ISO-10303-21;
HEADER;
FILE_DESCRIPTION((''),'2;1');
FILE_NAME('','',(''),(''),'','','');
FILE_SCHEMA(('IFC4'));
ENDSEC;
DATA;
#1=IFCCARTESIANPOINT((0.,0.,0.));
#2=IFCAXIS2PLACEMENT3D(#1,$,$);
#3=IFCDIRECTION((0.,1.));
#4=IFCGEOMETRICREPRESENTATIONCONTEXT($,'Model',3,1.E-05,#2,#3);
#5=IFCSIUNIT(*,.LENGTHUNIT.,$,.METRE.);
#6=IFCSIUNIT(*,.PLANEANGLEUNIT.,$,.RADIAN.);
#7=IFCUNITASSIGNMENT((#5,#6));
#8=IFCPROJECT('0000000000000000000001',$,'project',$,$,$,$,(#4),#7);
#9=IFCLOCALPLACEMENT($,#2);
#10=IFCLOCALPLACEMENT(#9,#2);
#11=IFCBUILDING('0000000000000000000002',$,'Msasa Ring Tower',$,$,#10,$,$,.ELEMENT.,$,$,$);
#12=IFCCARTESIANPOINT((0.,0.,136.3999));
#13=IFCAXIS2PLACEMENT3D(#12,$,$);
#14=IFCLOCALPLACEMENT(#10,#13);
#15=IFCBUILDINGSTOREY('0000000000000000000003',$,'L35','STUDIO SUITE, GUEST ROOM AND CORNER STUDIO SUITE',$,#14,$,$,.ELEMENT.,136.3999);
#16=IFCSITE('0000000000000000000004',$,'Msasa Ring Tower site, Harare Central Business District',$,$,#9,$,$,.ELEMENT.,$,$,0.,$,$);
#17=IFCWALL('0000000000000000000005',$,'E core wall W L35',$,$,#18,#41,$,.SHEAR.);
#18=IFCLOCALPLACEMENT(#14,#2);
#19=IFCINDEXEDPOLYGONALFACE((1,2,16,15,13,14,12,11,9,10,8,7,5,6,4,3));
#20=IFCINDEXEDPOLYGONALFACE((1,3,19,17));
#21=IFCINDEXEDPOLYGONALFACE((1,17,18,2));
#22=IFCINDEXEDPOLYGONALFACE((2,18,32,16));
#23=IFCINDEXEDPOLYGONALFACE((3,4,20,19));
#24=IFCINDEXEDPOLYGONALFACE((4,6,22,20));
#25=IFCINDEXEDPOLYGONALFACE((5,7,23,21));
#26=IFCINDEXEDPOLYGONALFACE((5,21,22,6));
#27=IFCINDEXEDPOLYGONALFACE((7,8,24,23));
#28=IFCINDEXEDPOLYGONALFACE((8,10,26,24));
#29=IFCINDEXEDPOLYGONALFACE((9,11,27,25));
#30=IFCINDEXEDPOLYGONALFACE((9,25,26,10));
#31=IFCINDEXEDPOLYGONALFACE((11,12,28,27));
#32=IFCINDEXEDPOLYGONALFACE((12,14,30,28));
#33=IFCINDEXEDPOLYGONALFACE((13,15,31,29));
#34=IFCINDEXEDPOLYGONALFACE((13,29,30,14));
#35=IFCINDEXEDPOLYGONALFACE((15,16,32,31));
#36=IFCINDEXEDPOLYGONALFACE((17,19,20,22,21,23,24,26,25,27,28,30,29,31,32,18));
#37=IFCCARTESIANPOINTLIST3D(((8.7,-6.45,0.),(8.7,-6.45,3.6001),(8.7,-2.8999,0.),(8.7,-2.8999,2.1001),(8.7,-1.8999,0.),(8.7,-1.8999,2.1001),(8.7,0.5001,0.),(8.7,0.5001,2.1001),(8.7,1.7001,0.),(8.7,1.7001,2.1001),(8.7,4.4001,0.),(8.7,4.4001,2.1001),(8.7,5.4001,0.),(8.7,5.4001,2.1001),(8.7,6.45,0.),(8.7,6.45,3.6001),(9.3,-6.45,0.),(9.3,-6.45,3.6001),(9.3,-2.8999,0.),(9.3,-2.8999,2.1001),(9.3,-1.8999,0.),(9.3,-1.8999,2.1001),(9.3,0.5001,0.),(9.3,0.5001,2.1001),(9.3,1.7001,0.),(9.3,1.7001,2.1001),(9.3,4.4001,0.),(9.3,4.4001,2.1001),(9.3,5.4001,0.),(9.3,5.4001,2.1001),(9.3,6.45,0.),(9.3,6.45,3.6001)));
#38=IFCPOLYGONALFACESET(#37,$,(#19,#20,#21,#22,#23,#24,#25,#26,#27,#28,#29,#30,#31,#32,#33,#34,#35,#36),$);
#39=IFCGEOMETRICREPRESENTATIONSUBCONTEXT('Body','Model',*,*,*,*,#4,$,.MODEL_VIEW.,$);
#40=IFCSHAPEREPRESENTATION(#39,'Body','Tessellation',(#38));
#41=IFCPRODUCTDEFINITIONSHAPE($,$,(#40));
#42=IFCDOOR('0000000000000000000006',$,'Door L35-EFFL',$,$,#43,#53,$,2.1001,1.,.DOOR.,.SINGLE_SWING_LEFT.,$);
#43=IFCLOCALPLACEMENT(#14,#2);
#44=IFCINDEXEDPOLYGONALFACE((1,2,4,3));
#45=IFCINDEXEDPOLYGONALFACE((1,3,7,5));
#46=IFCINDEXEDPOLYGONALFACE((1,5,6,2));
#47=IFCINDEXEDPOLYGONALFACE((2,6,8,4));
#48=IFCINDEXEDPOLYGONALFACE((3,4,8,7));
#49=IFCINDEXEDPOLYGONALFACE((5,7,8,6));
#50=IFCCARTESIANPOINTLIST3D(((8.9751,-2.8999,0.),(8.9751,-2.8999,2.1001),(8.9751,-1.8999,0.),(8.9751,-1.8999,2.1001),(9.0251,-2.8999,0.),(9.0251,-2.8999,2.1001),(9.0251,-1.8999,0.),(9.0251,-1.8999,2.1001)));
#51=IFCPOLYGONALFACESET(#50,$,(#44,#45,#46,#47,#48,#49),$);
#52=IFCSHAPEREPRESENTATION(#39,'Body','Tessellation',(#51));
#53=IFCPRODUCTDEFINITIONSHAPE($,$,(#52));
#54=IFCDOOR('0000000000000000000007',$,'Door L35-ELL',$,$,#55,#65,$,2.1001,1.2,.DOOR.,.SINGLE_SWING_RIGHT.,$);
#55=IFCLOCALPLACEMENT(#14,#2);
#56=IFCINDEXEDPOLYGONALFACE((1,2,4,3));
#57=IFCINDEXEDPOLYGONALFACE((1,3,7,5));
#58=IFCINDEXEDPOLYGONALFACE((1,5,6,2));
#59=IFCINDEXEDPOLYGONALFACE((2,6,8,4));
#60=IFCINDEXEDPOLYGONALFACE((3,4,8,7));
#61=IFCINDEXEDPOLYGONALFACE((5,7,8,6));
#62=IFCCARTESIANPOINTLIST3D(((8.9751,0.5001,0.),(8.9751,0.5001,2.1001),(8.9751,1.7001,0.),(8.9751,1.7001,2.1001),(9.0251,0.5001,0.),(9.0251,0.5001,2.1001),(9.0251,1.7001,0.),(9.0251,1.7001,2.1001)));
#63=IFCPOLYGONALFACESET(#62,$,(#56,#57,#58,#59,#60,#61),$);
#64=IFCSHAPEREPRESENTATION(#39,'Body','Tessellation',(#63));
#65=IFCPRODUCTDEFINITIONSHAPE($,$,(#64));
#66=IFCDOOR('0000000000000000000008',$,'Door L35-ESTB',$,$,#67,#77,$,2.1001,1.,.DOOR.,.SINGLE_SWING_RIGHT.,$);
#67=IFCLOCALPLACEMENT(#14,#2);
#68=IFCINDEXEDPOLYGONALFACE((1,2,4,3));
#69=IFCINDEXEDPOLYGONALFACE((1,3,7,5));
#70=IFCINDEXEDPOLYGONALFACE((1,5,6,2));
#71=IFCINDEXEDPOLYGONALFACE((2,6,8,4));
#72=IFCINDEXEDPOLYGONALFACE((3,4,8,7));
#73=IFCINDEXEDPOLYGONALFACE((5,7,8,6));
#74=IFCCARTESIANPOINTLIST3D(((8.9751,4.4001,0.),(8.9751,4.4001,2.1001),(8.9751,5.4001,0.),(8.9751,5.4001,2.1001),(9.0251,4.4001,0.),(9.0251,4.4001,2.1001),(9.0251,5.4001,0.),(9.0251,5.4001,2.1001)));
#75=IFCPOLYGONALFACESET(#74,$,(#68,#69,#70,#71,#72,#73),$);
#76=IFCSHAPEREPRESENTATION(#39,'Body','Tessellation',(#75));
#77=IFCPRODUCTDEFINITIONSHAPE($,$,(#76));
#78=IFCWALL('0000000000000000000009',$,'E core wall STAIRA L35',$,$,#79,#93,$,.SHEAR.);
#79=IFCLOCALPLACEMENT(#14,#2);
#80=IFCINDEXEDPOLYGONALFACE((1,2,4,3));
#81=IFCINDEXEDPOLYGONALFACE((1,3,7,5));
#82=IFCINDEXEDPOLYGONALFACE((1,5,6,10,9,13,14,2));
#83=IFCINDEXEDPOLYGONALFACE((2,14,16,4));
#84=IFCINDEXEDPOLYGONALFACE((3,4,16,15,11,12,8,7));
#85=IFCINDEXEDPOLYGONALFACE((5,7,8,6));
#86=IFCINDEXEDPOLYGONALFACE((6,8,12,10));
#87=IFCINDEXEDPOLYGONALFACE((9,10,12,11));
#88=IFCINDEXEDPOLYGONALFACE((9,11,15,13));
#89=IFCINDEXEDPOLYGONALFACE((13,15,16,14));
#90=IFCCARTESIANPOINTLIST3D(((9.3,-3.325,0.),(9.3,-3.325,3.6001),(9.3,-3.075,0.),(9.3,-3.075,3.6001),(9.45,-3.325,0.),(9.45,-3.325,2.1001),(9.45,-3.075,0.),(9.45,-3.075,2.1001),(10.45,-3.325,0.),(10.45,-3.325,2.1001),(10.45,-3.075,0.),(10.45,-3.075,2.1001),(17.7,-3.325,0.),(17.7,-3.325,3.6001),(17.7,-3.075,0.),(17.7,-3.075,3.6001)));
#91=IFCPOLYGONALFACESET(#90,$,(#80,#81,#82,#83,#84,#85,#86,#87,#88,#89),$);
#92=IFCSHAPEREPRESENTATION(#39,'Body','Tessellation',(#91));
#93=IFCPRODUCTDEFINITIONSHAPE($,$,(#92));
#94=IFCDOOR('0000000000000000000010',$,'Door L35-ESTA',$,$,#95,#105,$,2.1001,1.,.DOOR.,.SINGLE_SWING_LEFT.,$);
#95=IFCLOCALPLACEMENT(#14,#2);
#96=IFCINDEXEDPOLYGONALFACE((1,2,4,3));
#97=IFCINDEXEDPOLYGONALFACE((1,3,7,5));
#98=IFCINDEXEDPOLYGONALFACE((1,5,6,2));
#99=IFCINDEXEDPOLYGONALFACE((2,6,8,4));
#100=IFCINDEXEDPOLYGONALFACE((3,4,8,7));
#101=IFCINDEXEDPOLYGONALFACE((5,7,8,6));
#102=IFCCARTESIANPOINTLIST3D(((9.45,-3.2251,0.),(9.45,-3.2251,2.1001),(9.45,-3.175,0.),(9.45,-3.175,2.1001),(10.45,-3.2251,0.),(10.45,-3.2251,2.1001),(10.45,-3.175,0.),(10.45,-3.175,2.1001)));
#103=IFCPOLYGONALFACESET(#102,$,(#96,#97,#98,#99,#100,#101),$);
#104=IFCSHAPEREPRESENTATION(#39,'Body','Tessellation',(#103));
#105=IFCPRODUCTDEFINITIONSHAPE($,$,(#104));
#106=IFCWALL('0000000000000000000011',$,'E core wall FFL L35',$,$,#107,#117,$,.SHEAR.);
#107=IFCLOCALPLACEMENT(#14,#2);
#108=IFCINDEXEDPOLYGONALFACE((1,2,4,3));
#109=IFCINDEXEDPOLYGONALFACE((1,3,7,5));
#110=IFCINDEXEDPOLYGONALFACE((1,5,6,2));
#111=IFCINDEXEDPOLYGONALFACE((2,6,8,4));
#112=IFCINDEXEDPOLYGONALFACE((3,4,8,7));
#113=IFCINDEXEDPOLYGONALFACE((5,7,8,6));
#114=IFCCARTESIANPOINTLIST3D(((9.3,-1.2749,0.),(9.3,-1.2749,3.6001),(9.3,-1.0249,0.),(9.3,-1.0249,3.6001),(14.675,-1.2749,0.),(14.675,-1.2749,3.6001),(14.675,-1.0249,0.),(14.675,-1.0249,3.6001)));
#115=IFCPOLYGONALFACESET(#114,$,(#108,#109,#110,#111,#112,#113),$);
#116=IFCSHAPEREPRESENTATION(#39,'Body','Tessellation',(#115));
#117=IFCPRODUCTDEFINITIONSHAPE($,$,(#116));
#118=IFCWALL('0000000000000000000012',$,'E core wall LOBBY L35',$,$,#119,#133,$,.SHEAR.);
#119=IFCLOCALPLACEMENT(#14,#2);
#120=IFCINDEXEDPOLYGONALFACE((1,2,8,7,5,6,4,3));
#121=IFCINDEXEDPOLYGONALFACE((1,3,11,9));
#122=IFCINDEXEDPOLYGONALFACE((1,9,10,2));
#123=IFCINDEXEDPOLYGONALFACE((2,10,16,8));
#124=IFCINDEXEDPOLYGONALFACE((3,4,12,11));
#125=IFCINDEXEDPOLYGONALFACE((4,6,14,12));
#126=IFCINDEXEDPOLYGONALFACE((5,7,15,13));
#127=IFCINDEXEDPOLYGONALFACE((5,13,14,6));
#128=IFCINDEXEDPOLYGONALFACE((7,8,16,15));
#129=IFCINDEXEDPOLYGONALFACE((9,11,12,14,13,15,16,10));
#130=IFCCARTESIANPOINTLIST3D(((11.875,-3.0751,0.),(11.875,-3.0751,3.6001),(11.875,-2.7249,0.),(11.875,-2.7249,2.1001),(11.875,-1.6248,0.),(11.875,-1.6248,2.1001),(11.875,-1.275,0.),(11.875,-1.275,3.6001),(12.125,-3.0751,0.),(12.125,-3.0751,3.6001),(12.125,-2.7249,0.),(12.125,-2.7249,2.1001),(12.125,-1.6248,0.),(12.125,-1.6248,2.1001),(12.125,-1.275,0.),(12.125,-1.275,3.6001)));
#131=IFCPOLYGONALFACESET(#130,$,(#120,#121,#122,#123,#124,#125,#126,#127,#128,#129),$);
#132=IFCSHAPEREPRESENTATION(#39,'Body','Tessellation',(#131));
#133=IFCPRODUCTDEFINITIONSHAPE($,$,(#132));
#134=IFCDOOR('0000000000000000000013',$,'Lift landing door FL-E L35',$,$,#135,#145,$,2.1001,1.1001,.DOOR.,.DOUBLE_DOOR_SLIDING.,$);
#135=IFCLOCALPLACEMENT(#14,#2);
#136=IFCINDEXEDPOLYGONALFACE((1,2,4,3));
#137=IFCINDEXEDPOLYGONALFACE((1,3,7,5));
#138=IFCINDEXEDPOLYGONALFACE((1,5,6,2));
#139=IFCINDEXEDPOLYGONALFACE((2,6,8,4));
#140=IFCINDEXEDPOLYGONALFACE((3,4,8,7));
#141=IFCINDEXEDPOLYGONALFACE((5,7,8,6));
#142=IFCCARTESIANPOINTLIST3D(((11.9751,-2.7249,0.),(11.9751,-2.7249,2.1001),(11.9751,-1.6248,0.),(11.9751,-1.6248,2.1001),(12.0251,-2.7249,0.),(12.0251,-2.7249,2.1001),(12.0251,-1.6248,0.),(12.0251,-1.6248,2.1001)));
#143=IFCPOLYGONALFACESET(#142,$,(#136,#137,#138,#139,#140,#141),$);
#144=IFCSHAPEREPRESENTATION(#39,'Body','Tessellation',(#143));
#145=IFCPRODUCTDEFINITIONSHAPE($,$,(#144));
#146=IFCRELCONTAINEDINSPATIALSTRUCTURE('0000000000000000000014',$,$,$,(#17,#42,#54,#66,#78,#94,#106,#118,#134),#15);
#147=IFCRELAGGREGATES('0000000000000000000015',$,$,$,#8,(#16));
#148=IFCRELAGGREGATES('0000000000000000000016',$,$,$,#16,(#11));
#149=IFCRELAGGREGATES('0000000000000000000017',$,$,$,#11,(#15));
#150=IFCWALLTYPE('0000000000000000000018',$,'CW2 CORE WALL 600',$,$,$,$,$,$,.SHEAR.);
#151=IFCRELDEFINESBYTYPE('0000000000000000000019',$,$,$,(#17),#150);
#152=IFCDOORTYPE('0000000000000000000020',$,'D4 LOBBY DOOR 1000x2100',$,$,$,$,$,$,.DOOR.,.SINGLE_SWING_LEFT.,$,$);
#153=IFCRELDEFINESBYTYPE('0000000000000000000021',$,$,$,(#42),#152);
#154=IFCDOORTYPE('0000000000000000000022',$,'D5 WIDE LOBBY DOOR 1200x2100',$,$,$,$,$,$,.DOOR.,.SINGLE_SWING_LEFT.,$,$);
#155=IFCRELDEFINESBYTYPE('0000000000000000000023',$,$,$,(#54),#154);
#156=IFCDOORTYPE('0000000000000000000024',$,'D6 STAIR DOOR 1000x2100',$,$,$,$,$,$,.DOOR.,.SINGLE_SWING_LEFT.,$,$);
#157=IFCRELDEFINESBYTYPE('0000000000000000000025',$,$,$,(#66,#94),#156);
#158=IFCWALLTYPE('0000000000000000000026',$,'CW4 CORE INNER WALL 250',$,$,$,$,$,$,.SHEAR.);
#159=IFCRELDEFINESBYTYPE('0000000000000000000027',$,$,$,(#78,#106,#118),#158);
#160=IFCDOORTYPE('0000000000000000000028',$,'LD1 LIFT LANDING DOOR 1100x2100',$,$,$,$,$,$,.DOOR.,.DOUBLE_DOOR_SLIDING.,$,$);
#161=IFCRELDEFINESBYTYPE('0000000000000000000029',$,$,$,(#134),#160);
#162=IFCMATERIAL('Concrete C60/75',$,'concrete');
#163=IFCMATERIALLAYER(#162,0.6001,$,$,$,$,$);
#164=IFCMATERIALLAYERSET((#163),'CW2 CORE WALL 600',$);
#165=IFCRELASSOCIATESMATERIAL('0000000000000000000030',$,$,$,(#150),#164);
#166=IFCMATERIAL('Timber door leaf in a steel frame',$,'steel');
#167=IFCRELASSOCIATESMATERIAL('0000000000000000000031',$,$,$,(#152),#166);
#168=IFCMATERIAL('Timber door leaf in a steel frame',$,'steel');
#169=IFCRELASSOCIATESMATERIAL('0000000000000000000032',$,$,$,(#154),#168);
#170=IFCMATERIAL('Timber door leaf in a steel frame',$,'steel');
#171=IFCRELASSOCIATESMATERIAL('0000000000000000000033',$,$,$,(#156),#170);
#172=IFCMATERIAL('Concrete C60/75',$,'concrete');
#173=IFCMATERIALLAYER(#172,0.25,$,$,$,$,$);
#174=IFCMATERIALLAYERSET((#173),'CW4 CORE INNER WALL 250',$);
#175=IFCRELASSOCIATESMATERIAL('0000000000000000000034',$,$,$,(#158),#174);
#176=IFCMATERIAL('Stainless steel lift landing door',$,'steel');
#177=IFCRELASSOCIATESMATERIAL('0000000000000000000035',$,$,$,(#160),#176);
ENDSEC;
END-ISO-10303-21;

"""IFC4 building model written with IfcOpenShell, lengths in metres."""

from ifc_helpers import new_model, si_unit, direction, frame, frame_2d, origin, place, context, subcontext, project, spatial, rectangle, extrude, material, layer, layer_set, type_object, element, fill, save


model = new_model("IFC4")

# Units and contexts
model_context = context("Model", 3, precision=1e-05, world=origin(), true_north=direction((0.0, 1.0)))
body_context = subcontext(model_context, "Body", "Model", "MODEL_VIEW")
ifc_project = project(units=[si_unit("LENGTHUNIT", "METRE"), si_unit("PLANEANGLEUNIT", "RADIAN")], contexts=[model_context])

# Site, building, storey
site_placement = place(None, origin())
site = spatial("IfcSite", under=ifc_project, at=site_placement, Name="Msasa Ring Tower site, Harare Central Business District", CompositionType="ELEMENT", RefElevation=0.0)
building_placement = place(site_placement, origin())
building = spatial("IfcBuilding", under=site, at=building_placement, Name="Msasa Ring Tower", CompositionType="ELEMENT")
storey_placement = place(building_placement, frame((0.0, 0.0, 136.3999)))
storey = spatial("IfcBuildingStorey", under=building, at=storey_placement, Name="L35", Description="STUDIO SUITE, GUEST ROOM AND CORNER STUDIO SUITE", CompositionType="ELEMENT", Elevation=136.3999)

# Shared definitions
ifc_material_1 = material(Name="Concrete C60/75", Category="concrete")
ifc_layer_1 = layer(ifc_material_1, 0.6001)
ifc_layer_set_1 = layer_set([ifc_layer_1], Name="CW2 CORE WALL 600")
wall_type_1 = type_object("IfcWallType", Name="CW2 CORE WALL 600", PredefinedType="SHEAR", material=ifc_layer_set_1)

# Wall, openings, doors
wall_1_placement = place(storey_placement, frame((9.0, -6.45, 0.0), z_axis=(0.0, 0.0, 1.0), x_axis=(0.0, 1.0, 0.0)))
wall_1 = element("IfcWall", 1, at=wall_1_placement, inside=storey, type_object=wall_type_1, Name="E core wall W L35", PredefinedType="SHEAR", context=body_context, shape_type="SweptSolid", body=[
    extrude(rectangle(XDim=12.8999, YDim=0.6001, at=frame_2d((6.45, 0.0))), origin(), (0.0, 0.0, 1.0), 3.6001),
])
opening_1_placement = place(wall_1_placement, frame((3.55, 0.0, 0.0)))
opening_1 = element("IfcOpeningElement", 2, at=opening_1_placement, cuts=wall_1, PredefinedType="OPENING", context=body_context, shape_type="SweptSolid", body=[
    extrude(rectangle(XDim=1.0, YDim=2.1001, at=frame_2d((0.5, 1.05))), frame((0.0, 0.3101, 0.0), z_axis=(0.0, -1.0, 0.0), x_axis=(1.0, 0.0, 0.0)), (0.0, 0.0, 1.0), 0.6201),
])
opening_2_placement = place(wall_1_placement, frame((6.95, 0.0, 0.0)))
opening_2 = element("IfcOpeningElement", 3, at=opening_2_placement, cuts=wall_1, PredefinedType="OPENING", context=body_context, shape_type="SweptSolid", body=[
    extrude(rectangle(XDim=1.2, YDim=2.1001, at=frame_2d((0.6001, 1.05))), frame((0.0, 0.3101, 0.0), z_axis=(0.0, -1.0, 0.0), x_axis=(1.0, 0.0, 0.0)), (0.0, 0.0, 1.0), 0.6201),
])
opening_3_placement = place(wall_1_placement, frame((10.8501, 0.0, 0.0)))
opening_3 = element("IfcOpeningElement", 4, at=opening_3_placement, cuts=wall_1, PredefinedType="OPENING", context=body_context, shape_type="SweptSolid", body=[
    extrude(rectangle(XDim=1.0, YDim=2.1001, at=frame_2d((0.5, 1.05))), frame((0.0, 0.3101, 0.0), z_axis=(0.0, -1.0, 0.0), x_axis=(1.0, 0.0, 0.0)), (0.0, 0.0, 1.0), 0.6201),
])
ifc_material_2 = material(Name="Timber door leaf in a steel frame", Category="steel")
door_type_1 = type_object("IfcDoorType", Name="D4 LOBBY DOOR 1000x2100", OperationType="SINGLE_SWING_LEFT", PredefinedType="DOOR", material=ifc_material_2)
door_1_placement = place(opening_1_placement, origin())
door_1 = element("IfcDoor", 5, at=door_1_placement, inside=storey, type_object=door_type_1, Name="Door L35-EFFL", OperationType="SINGLE_SWING_LEFT", OverallHeight=2.1001, OverallWidth=1.0, PredefinedType="DOOR", context=body_context, shape_type="SweptSolid", body=[
    extrude(rectangle(XDim=1.0, YDim=2.1001, at=frame_2d((0.5, 1.05))), frame((0.0, 0.0249, 0.0), z_axis=(0.0, -1.0, 0.0), x_axis=(1.0, 0.0, 0.0)), (0.0, 0.0, 1.0), 0.05),
])
fill(opening_1, door_1)
ifc_material_3 = material(Name="Timber door leaf in a steel frame", Category="steel")
door_type_2 = type_object("IfcDoorType", Name="D5 WIDE LOBBY DOOR 1200x2100", OperationType="SINGLE_SWING_LEFT", PredefinedType="DOOR", material=ifc_material_3)
door_2_placement = place(opening_2_placement, origin())
door_2 = element("IfcDoor", 6, at=door_2_placement, inside=storey, type_object=door_type_2, Name="Door L35-ELL", OperationType="SINGLE_SWING_RIGHT", OverallHeight=2.1001, OverallWidth=1.2, PredefinedType="DOOR", context=body_context, shape_type="SweptSolid", body=[
    extrude(rectangle(XDim=1.2, YDim=2.1001, at=frame_2d((0.6001, 1.05))), frame((0.0, 0.0249, 0.0), z_axis=(0.0, -1.0, 0.0), x_axis=(1.0, 0.0, 0.0)), (0.0, 0.0, 1.0), 0.05),
])
fill(opening_2, door_2)
ifc_material_4 = material(Name="Timber door leaf in a steel frame", Category="steel")
door_type_3 = type_object("IfcDoorType", Name="D6 STAIR DOOR 1000x2100", OperationType="SINGLE_SWING_LEFT", PredefinedType="DOOR", material=ifc_material_4)
door_3_placement = place(opening_3_placement, origin())
door_3 = element("IfcDoor", 7, at=door_3_placement, inside=storey, type_object=door_type_3, Name="Door L35-ESTB", OperationType="SINGLE_SWING_RIGHT", OverallHeight=2.1001, OverallWidth=1.0, PredefinedType="DOOR", context=body_context, shape_type="SweptSolid", body=[
    extrude(rectangle(XDim=1.0, YDim=2.1001, at=frame_2d((0.5, 1.05))), frame((0.0, 0.0249, 0.0), z_axis=(0.0, -1.0, 0.0), x_axis=(1.0, 0.0, 0.0)), (0.0, 0.0, 1.0), 0.05),
])
fill(opening_3, door_3)

# Wall, opening, door
ifc_material_5 = material(Name="Concrete C60/75", Category="concrete")
ifc_layer_2 = layer(ifc_material_5, 0.25)
ifc_layer_set_2 = layer_set([ifc_layer_2], Name="CW4 CORE INNER WALL 250")
wall_type_2 = type_object("IfcWallType", Name="CW4 CORE INNER WALL 250", PredefinedType="SHEAR", material=ifc_layer_set_2)
wall_2_placement = place(storey_placement, frame((9.3, -3.2, 0.0), z_axis=(0.0, 0.0, 1.0), x_axis=(1.0, 0.0, 0.0)))
wall_2 = element("IfcWall", 8, at=wall_2_placement, inside=storey, type_object=wall_type_2, Name="E core wall STAIRA L35", PredefinedType="SHEAR", context=body_context, shape_type="SweptSolid", body=[
    extrude(rectangle(XDim=8.3999, YDim=0.25, at=frame_2d((4.2, 0.0))), origin(), (0.0, 0.0, 1.0), 3.6001),
])
opening_4_placement = place(wall_2_placement, frame((0.1499, 0.0, 0.0)))
opening_4 = element("IfcOpeningElement", 9, at=opening_4_placement, cuts=wall_2, PredefinedType="OPENING", context=body_context, shape_type="SweptSolid", body=[
    extrude(rectangle(XDim=1.0, YDim=2.1001, at=frame_2d((0.5, 1.05))), frame((0.0, 0.135, 0.0), z_axis=(0.0, -1.0, 0.0), x_axis=(1.0, 0.0, 0.0)), (0.0, 0.0, 1.0), 0.27),
])
door_4_placement = place(opening_4_placement, origin())
door_4 = element("IfcDoor", 10, at=door_4_placement, inside=storey, type_object=door_type_3, Name="Door L35-ESTA", OperationType="SINGLE_SWING_LEFT", OverallHeight=2.1001, OverallWidth=1.0, PredefinedType="DOOR", context=body_context, shape_type="SweptSolid", body=[
    extrude(rectangle(XDim=1.0, YDim=2.1001, at=frame_2d((0.5, 1.05))), frame((0.0, 0.0249, 0.0), z_axis=(0.0, -1.0, 0.0), x_axis=(1.0, 0.0, 0.0)), (0.0, 0.0, 1.0), 0.05),
])
fill(opening_4, door_4)

# Wall
wall_3_placement = place(storey_placement, frame((9.3, -1.1499, 0.0), z_axis=(0.0, 0.0, 1.0), x_axis=(1.0, 0.0, 0.0)))
element("IfcWall", 11, at=wall_3_placement, inside=storey, type_object=wall_type_2, Name="E core wall FFL L35", PredefinedType="SHEAR", context=body_context, shape_type="SweptSolid", body=[
    extrude(rectangle(XDim=5.375, YDim=0.25, at=frame_2d((2.6875, 0.0))), origin(), (0.0, 0.0, 1.0), 3.6001),
])

# Wall, opening, door
wall_4_placement = place(storey_placement, frame((12.0, -3.075, 0.0), z_axis=(0.0, 0.0, 1.0), x_axis=(0.0, 1.0, 0.0)))
wall_4 = element("IfcWall", 12, at=wall_4_placement, inside=storey, type_object=wall_type_2, Name="E core wall LOBBY L35", PredefinedType="SHEAR", context=body_context, shape_type="SweptSolid", body=[
    extrude(rectangle(XDim=1.8, YDim=0.25, at=frame_2d((0.8999, 0.0))), origin(), (0.0, 0.0, 1.0), 3.6001),
])
opening_5_placement = place(wall_4_placement, frame((0.3501, 0.0, 0.0)))
opening_5 = element("IfcOpeningElement", 13, at=opening_5_placement, cuts=wall_4, PredefinedType="OPENING", context=body_context, shape_type="SweptSolid", body=[
    extrude(rectangle(XDim=1.1001, YDim=2.1001, at=frame_2d((0.55, 1.05))), frame((0.0, 0.135, 0.0), z_axis=(0.0, -1.0, 0.0), x_axis=(1.0, 0.0, 0.0)), (0.0, 0.0, 1.0), 0.27),
])
ifc_material_6 = material(Name="Stainless steel lift landing door", Category="steel")
door_type_4 = type_object("IfcDoorType", Name="LD1 LIFT LANDING DOOR 1100x2100", OperationType="DOUBLE_DOOR_SLIDING", PredefinedType="DOOR", material=ifc_material_6)
door_5_placement = place(opening_5_placement, origin())
door_5 = element("IfcDoor", 14, at=door_5_placement, inside=storey, type_object=door_type_4, Name="Lift landing door FL-E L35", OperationType="DOUBLE_DOOR_SLIDING", OverallHeight=2.1001, OverallWidth=1.1001, PredefinedType="DOOR", context=body_context, shape_type="SweptSolid", body=[
    extrude(rectangle(XDim=1.1001, YDim=2.1001, at=frame_2d((0.55, 1.05))), frame((0.0, 0.0249, 0.0), z_axis=(0.0, -1.0, 0.0), x_axis=(1.0, 0.0, 0.0)), (0.0, 0.0, 1.0), 0.05),
])
fill(opening_5, door_5)

save(model, "model.ifc")
